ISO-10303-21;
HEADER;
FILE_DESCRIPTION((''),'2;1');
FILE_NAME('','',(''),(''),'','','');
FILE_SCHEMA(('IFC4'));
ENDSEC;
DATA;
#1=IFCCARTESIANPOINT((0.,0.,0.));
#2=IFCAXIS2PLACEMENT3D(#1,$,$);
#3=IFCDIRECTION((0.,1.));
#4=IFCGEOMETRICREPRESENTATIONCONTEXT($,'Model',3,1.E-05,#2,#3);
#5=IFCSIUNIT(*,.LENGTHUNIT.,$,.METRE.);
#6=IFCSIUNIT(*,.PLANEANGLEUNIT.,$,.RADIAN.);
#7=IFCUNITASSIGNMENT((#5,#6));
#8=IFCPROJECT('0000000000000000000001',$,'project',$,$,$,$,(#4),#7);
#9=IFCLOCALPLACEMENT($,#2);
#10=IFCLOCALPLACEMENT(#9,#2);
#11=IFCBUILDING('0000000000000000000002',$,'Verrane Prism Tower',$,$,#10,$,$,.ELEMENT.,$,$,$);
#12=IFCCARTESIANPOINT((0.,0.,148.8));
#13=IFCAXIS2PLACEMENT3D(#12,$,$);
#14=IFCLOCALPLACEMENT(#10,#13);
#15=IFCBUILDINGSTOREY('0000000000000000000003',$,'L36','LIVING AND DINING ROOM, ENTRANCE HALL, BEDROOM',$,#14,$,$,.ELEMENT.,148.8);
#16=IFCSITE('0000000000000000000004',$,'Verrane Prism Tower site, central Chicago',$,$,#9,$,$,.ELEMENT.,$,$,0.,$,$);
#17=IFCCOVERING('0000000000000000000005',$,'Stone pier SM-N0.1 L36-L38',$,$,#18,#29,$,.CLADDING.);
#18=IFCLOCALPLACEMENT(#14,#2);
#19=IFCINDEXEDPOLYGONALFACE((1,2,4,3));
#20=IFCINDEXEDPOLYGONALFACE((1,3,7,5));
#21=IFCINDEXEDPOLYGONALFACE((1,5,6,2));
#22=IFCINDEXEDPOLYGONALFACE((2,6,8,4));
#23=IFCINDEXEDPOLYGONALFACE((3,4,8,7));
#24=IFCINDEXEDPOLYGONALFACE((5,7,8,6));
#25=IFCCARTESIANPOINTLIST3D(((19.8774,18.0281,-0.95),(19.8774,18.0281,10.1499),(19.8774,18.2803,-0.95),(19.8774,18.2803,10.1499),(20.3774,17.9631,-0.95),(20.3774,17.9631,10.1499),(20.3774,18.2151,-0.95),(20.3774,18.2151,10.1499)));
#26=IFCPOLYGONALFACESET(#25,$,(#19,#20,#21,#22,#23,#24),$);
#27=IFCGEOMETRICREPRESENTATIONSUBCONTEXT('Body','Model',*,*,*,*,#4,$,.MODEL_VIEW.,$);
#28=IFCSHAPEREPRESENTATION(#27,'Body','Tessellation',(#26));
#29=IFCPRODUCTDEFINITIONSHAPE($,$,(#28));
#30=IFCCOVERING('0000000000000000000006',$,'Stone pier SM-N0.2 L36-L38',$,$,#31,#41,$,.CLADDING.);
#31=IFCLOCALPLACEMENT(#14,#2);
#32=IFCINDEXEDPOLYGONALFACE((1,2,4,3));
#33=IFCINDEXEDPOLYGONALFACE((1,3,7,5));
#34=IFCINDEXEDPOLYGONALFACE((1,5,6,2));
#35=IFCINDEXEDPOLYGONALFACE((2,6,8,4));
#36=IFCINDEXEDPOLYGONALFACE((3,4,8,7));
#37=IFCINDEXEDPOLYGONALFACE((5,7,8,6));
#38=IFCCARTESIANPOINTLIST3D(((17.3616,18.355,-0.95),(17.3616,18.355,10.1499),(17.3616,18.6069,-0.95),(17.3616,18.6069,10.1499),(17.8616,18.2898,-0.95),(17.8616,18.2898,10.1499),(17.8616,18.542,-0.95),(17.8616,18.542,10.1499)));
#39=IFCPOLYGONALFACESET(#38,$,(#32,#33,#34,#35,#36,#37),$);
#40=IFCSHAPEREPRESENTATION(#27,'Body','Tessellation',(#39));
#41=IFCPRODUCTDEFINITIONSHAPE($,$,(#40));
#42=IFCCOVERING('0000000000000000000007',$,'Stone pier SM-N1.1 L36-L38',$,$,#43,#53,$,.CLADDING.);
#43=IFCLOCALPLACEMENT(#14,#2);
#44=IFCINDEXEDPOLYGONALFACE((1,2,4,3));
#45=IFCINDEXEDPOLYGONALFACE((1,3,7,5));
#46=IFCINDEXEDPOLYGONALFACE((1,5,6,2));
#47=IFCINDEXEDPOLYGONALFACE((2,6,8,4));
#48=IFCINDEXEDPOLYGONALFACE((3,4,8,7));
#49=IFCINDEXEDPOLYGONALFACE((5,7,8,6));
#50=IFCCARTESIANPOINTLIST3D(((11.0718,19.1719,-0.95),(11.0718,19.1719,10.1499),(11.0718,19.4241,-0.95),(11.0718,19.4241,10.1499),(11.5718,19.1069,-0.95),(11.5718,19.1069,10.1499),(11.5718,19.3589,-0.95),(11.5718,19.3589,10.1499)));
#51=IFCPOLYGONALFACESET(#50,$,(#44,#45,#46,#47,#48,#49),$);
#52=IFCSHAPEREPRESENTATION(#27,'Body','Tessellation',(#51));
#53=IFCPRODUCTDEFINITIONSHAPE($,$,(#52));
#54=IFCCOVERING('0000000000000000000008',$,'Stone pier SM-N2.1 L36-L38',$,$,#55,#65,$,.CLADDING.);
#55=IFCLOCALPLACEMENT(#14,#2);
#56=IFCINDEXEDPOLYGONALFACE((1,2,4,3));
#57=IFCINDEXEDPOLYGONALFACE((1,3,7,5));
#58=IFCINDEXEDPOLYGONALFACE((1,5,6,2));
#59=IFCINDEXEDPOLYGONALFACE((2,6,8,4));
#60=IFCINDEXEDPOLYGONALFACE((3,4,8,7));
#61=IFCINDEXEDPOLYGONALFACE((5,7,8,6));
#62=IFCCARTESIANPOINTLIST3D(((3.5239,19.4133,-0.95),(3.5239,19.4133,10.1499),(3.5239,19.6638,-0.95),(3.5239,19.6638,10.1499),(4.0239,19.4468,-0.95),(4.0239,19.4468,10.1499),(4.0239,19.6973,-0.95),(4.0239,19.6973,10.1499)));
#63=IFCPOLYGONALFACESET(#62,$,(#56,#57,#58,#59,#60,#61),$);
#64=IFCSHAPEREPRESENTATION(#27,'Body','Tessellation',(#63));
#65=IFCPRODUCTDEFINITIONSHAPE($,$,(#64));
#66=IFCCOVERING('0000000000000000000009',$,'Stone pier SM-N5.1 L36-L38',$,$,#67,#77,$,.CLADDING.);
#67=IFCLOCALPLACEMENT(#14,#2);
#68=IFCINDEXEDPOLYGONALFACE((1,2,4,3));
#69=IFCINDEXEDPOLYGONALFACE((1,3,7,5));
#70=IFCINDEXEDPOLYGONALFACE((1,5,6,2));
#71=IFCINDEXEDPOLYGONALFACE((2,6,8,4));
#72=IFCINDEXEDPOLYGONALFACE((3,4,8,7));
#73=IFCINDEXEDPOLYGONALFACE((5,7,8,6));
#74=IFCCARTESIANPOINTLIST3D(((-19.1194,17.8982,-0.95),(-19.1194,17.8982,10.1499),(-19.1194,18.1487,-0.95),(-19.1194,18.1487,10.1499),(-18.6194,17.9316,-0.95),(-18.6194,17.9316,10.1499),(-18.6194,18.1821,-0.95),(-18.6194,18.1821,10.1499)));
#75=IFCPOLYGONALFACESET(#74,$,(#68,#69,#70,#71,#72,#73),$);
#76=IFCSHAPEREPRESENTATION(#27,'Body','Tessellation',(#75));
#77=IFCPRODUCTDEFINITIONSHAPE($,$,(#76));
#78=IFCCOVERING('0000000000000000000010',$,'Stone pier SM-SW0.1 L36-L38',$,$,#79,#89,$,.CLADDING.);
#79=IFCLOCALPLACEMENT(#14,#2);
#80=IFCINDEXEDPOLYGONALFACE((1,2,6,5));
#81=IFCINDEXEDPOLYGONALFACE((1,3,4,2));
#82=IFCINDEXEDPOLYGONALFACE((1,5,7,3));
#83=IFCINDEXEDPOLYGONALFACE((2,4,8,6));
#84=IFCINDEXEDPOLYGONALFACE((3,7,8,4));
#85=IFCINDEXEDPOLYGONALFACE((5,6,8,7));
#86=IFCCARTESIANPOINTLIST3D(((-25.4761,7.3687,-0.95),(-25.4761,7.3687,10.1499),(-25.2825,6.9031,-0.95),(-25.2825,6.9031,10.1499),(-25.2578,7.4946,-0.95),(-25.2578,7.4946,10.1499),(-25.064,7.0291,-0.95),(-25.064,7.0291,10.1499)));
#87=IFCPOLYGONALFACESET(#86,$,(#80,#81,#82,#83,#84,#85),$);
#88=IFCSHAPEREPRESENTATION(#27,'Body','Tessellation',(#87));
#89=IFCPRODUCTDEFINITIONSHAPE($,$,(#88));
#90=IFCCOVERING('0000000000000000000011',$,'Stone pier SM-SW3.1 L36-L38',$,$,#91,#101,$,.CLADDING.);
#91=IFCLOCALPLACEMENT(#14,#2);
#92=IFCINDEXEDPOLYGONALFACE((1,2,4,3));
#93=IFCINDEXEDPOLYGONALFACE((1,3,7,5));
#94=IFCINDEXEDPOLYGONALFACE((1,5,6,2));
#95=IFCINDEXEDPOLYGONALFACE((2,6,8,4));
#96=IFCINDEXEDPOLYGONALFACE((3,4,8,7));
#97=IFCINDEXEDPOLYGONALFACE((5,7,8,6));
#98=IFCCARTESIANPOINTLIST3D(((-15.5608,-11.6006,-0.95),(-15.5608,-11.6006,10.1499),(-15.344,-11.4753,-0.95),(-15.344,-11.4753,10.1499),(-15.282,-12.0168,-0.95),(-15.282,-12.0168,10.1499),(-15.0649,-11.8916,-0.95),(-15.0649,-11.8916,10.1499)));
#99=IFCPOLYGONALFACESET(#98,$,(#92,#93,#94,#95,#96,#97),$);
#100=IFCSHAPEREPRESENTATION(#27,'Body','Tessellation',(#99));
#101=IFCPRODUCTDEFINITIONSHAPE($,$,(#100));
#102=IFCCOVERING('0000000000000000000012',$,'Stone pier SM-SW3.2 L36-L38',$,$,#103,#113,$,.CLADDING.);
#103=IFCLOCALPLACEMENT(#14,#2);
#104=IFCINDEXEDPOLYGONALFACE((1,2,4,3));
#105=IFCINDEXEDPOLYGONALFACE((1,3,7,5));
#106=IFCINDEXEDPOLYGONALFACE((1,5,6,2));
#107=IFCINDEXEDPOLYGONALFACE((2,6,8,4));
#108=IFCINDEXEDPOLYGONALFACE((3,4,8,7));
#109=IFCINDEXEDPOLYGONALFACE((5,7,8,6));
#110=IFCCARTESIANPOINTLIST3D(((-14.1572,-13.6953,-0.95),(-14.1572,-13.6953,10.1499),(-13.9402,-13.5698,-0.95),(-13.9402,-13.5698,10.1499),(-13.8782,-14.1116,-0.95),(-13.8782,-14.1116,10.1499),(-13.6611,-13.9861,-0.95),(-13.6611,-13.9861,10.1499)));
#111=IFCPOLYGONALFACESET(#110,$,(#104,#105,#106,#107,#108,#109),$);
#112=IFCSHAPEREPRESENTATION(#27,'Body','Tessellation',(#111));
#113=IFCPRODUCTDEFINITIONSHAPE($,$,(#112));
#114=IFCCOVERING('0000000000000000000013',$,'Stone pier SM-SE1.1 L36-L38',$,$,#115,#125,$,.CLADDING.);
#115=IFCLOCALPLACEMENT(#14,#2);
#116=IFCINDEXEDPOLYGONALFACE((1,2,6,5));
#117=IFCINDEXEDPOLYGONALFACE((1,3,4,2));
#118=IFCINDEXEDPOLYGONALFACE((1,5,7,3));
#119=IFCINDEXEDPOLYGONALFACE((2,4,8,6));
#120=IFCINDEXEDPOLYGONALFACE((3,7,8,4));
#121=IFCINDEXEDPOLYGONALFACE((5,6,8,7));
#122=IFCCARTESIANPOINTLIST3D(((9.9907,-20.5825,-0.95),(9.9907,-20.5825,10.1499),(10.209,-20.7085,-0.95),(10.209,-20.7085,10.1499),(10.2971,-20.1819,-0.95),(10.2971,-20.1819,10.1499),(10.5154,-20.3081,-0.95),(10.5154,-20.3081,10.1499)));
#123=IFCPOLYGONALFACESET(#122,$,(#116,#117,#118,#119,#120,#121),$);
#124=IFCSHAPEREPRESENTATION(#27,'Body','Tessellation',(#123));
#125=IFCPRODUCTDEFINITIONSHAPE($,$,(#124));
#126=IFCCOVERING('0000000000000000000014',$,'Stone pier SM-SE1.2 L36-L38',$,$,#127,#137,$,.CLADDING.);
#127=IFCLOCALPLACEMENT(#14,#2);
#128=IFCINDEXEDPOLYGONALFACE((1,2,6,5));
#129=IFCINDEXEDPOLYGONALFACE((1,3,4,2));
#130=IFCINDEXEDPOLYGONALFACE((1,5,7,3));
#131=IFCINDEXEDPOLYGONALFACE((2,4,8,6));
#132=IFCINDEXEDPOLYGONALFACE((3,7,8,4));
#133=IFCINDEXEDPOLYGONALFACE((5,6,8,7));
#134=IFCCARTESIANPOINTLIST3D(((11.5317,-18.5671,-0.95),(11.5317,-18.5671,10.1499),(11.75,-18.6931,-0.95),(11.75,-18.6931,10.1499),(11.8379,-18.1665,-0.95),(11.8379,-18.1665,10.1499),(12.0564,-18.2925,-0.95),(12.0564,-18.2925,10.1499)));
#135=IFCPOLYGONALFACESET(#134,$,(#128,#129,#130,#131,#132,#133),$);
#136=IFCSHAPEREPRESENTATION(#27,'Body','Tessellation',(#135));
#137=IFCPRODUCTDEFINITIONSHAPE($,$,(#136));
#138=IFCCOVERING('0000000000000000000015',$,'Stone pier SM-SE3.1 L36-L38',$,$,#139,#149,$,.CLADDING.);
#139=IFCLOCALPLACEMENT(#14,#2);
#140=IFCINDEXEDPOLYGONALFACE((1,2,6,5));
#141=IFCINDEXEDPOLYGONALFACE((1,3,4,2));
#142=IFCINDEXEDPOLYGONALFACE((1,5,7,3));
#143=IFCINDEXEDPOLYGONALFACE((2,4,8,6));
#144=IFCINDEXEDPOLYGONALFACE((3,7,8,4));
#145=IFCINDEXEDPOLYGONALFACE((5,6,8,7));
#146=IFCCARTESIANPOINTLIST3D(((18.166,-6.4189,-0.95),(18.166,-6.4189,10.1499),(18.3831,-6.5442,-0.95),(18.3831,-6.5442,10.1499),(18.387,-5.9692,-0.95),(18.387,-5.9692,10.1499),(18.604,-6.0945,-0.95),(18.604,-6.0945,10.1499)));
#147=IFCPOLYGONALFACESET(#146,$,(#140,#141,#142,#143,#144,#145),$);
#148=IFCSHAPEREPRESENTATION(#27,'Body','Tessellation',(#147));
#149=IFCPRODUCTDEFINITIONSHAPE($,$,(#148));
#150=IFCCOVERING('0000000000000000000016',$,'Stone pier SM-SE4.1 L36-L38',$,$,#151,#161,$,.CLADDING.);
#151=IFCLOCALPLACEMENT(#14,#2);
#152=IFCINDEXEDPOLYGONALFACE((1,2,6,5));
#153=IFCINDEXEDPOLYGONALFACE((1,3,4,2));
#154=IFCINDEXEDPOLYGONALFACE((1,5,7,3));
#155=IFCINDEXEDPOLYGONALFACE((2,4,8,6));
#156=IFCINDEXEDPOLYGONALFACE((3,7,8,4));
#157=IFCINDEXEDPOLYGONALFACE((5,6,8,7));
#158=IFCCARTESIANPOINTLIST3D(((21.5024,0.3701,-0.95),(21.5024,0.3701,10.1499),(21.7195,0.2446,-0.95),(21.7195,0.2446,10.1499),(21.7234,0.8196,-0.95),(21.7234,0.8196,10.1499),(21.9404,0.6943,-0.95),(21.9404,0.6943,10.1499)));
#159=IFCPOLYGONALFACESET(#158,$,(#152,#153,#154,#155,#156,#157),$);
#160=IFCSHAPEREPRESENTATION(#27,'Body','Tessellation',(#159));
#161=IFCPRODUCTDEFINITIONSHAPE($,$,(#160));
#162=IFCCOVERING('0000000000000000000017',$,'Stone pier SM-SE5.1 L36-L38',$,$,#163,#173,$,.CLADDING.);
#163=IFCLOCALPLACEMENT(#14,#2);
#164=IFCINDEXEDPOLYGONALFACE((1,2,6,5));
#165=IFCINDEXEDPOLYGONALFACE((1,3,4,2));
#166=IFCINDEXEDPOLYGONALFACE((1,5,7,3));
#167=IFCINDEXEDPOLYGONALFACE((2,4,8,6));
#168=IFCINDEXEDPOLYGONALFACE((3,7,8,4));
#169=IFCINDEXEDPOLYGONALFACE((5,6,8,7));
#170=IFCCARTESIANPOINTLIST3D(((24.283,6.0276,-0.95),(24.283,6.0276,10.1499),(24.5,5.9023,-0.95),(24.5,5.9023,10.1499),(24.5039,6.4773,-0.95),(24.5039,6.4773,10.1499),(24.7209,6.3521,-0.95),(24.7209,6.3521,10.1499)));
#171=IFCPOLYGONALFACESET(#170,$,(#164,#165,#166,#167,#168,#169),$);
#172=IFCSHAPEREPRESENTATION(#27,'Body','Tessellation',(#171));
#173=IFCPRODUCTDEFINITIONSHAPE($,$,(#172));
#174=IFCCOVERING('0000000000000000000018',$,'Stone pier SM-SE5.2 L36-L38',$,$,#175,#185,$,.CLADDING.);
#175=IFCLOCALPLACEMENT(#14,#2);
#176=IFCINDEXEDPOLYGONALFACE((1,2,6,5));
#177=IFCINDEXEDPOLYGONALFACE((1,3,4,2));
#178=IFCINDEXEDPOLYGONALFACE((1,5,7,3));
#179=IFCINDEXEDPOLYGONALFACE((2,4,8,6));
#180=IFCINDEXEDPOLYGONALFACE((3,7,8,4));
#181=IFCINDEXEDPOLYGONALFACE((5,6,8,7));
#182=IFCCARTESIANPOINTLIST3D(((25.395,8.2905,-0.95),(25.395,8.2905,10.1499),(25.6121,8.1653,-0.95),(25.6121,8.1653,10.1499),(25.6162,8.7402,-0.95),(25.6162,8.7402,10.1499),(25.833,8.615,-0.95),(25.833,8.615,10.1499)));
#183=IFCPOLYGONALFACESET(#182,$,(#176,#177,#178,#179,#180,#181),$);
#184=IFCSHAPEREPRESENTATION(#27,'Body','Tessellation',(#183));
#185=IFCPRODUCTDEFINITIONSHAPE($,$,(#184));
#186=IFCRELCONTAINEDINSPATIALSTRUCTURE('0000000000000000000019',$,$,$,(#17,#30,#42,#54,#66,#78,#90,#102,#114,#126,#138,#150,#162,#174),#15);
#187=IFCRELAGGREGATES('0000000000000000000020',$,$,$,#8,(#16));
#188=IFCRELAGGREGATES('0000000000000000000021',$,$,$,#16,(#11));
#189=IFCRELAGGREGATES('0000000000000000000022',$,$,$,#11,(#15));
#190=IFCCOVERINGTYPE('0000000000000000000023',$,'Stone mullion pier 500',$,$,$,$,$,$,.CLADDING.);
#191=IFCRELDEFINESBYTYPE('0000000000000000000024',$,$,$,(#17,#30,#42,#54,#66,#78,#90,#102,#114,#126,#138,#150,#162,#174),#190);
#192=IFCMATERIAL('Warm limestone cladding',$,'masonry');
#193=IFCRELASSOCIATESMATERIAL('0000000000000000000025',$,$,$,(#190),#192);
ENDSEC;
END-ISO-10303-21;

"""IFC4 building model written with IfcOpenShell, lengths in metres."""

from ifc_helpers import new_model, si_unit, direction, frame, origin, place, context, subcontext, project, spatial, polyline, outline, extrude, material, type_object, element, save


model = new_model("IFC4")

# Units and contexts
model_context = context("Model", 3, precision=1e-05, world=origin(), true_north=direction((0.0, 1.0)))
body_context = subcontext(model_context, "Body", "Model", "MODEL_VIEW")
ifc_project = project(units=[si_unit("LENGTHUNIT", "METRE"), si_unit("PLANEANGLEUNIT", "RADIAN")], contexts=[model_context])

# Site, building, storey
site_placement = place(None, origin())
site = spatial("IfcSite", under=ifc_project, at=site_placement, Name="Verrane Prism Tower site, central Chicago", CompositionType="ELEMENT", RefElevation=0.0)
building_placement = place(site_placement, origin())
building = spatial("IfcBuilding", under=site, at=building_placement, Name="Verrane Prism Tower", CompositionType="ELEMENT")
storey_placement = place(building_placement, frame((0.0, 0.0, 148.8)))
storey = spatial("IfcBuildingStorey", under=building, at=storey_placement, Name="L36", Description="LIVING AND DINING ROOM, ENTRANCE HALL, BEDROOM", CompositionType="ELEMENT", Elevation=148.8)

# Coverings
ifc_material_1 = material(Name="Warm limestone cladding", Category="masonry")
covering_type_1 = type_object("IfcCoveringType", Name="Stone mullion pier 500", PredefinedType="CLADDING", material=ifc_material_1)
covering_1_placement = place(storey_placement, frame((0.0, 0.0, -0.95)))
element("IfcCovering", 1, at=covering_1_placement, inside=storey, type_object=covering_type_1, Name="Stone pier SM-N0.1 L36-L38", PredefinedType="CLADDING", context=body_context, shape_type="SweptSolid", body=[
    extrude(outline(polyline([(19.8774, 18.0281), (20.3774, 17.9631), (20.3774, 18.2151), (19.8774, 18.2803), (19.8774, 18.0281)])), origin(), (0.0, 0.0, 1.0), 11.0999),
])
covering_2_placement = place(storey_placement, frame((0.0, 0.0, -0.95)))
element("IfcCovering", 2, at=covering_2_placement, inside=storey, type_object=covering_type_1, Name="Stone pier SM-N0.2 L36-L38", PredefinedType="CLADDING", context=body_context, shape_type="SweptSolid", body=[
    extrude(outline(polyline([(17.3616, 18.355), (17.8616, 18.2898), (17.8616, 18.542), (17.3616, 18.6069), (17.3616, 18.355)])), origin(), (0.0, 0.0, 1.0), 11.0999),
])
covering_3_placement = place(storey_placement, frame((0.0, 0.0, -0.95)))
element("IfcCovering", 3, at=covering_3_placement, inside=storey, type_object=covering_type_1, Name="Stone pier SM-N1.1 L36-L38", PredefinedType="CLADDING", context=body_context, shape_type="SweptSolid", body=[
    extrude(outline(polyline([(11.0718, 19.1719), (11.5718, 19.1069), (11.5718, 19.3589), (11.0718, 19.4241), (11.0718, 19.1719)])), origin(), (0.0, 0.0, 1.0), 11.0999),
])
covering_4_placement = place(storey_placement, frame((0.0, 0.0, -0.95)))
element("IfcCovering", 4, at=covering_4_placement, inside=storey, type_object=covering_type_1, Name="Stone pier SM-N2.1 L36-L38", PredefinedType="CLADDING", context=body_context, shape_type="SweptSolid", body=[
    extrude(outline(polyline([(3.5239, 19.4133), (4.0239, 19.4468), (4.0239, 19.6973), (3.5239, 19.6638), (3.5239, 19.4133)])), origin(), (0.0, 0.0, 1.0), 11.0999),
])
covering_5_placement = place(storey_placement, frame((0.0, 0.0, -0.95)))
element("IfcCovering", 5, at=covering_5_placement, inside=storey, type_object=covering_type_1, Name="Stone pier SM-N5.1 L36-L38", PredefinedType="CLADDING", context=body_context, shape_type="SweptSolid", body=[
    extrude(outline(polyline([(-19.1194, 17.8982), (-18.6194, 17.9316), (-18.6194, 18.1821), (-19.1194, 18.1487), (-19.1194, 17.8982)])), origin(), (0.0, 0.0, 1.0), 11.0999),
])
covering_6_placement = place(storey_placement, frame((0.0, 0.0, -0.95)))
element("IfcCovering", 6, at=covering_6_placement, inside=storey, type_object=covering_type_1, Name="Stone pier SM-SW0.1 L36-L38", PredefinedType="CLADDING", context=body_context, shape_type="SweptSolid", body=[
    extrude(outline(polyline([(-25.064, 7.0291), (-25.2578, 7.4946), (-25.4761, 7.3687), (-25.2825, 6.9031), (-25.064, 7.0291)])), origin(), (0.0, 0.0, 1.0), 11.0999),
])
covering_7_placement = place(storey_placement, frame((0.0, 0.0, -0.95)))
element("IfcCovering", 7, at=covering_7_placement, inside=storey, type_object=covering_type_1, Name="Stone pier SM-SW3.1 L36-L38", PredefinedType="CLADDING", context=body_context, shape_type="SweptSolid", body=[
    extrude(outline(polyline([(-15.0649, -11.8916), (-15.344, -11.4753), (-15.5608, -11.6006), (-15.282, -12.0168), (-15.0649, -11.8916)])), origin(), (0.0, 0.0, 1.0), 11.0999),
])
covering_8_placement = place(storey_placement, frame((0.0, 0.0, -0.95)))
element("IfcCovering", 8, at=covering_8_placement, inside=storey, type_object=covering_type_1, Name="Stone pier SM-SW3.2 L36-L38", PredefinedType="CLADDING", context=body_context, shape_type="SweptSolid", body=[
    extrude(outline(polyline([(-13.6611, -13.9861), (-13.9402, -13.5698), (-14.1572, -13.6953), (-13.8782, -14.1116), (-13.6611, -13.9861)])), origin(), (0.0, 0.0, 1.0), 11.0999),
])
covering_9_placement = place(storey_placement, frame((0.0, 0.0, -0.95)))
element("IfcCovering", 9, at=covering_9_placement, inside=storey, type_object=covering_type_1, Name="Stone pier SM-SE1.1 L36-L38", PredefinedType="CLADDING", context=body_context, shape_type="SweptSolid", body=[
    extrude(outline(polyline([(10.2971, -20.1819), (9.9907, -20.5825), (10.209, -20.7085), (10.5154, -20.3081), (10.2971, -20.1819)])), origin(), (0.0, 0.0, 1.0), 11.0999),
])
covering_10_placement = place(storey_placement, frame((0.0, 0.0, -0.95)))
element("IfcCovering", 10, at=covering_10_placement, inside=storey, type_object=covering_type_1, Name="Stone pier SM-SE1.2 L36-L38", PredefinedType="CLADDING", context=body_context, shape_type="SweptSolid", body=[
    extrude(outline(polyline([(11.8379, -18.1665), (11.5317, -18.5671), (11.75, -18.6931), (12.0564, -18.2925), (11.8379, -18.1665)])), origin(), (0.0, 0.0, 1.0), 11.0999),
])
covering_11_placement = place(storey_placement, frame((0.0, 0.0, -0.95)))
element("IfcCovering", 11, at=covering_11_placement, inside=storey, type_object=covering_type_1, Name="Stone pier SM-SE3.1 L36-L38", PredefinedType="CLADDING", context=body_context, shape_type="SweptSolid", body=[
    extrude(outline(polyline([(18.387, -5.9692), (18.166, -6.4189), (18.3831, -6.5442), (18.604, -6.0945), (18.387, -5.9692)])), origin(), (0.0, 0.0, 1.0), 11.0999),
])
covering_12_placement = place(storey_placement, frame((0.0, 0.0, -0.95)))
element("IfcCovering", 12, at=covering_12_placement, inside=storey, type_object=covering_type_1, Name="Stone pier SM-SE4.1 L36-L38", PredefinedType="CLADDING", context=body_context, shape_type="SweptSolid", body=[
    extrude(outline(polyline([(21.7234, 0.8196), (21.5024, 0.3701), (21.7195, 0.2446), (21.9404, 0.6943), (21.7234, 0.8196)])), origin(), (0.0, 0.0, 1.0), 11.0999),
])
covering_13_placement = place(storey_placement, frame((0.0, 0.0, -0.95)))
element("IfcCovering", 13, at=covering_13_placement, inside=storey, type_object=covering_type_1, Name="Stone pier SM-SE5.1 L36-L38", PredefinedType="CLADDING", context=body_context, shape_type="SweptSolid", body=[
    extrude(outline(polyline([(24.5039, 6.4773), (24.283, 6.0276), (24.5, 5.9023), (24.7209, 6.3521), (24.5039, 6.4773)])), origin(), (0.0, 0.0, 1.0), 11.0999),
])
covering_14_placement = place(storey_placement, frame((0.0, 0.0, -0.95)))
element("IfcCovering", 14, at=covering_14_placement, inside=storey, type_object=covering_type_1, Name="Stone pier SM-SE5.2 L36-L38", PredefinedType="CLADDING", context=body_context, shape_type="SweptSolid", body=[
    extrude(outline(polyline([(25.6162, 8.7402), (25.395, 8.2905), (25.6121, 8.1653), (25.833, 8.615), (25.6162, 8.7402)])), origin(), (0.0, 0.0, 1.0), 11.0999),
])

save(model, "model.ifc")
